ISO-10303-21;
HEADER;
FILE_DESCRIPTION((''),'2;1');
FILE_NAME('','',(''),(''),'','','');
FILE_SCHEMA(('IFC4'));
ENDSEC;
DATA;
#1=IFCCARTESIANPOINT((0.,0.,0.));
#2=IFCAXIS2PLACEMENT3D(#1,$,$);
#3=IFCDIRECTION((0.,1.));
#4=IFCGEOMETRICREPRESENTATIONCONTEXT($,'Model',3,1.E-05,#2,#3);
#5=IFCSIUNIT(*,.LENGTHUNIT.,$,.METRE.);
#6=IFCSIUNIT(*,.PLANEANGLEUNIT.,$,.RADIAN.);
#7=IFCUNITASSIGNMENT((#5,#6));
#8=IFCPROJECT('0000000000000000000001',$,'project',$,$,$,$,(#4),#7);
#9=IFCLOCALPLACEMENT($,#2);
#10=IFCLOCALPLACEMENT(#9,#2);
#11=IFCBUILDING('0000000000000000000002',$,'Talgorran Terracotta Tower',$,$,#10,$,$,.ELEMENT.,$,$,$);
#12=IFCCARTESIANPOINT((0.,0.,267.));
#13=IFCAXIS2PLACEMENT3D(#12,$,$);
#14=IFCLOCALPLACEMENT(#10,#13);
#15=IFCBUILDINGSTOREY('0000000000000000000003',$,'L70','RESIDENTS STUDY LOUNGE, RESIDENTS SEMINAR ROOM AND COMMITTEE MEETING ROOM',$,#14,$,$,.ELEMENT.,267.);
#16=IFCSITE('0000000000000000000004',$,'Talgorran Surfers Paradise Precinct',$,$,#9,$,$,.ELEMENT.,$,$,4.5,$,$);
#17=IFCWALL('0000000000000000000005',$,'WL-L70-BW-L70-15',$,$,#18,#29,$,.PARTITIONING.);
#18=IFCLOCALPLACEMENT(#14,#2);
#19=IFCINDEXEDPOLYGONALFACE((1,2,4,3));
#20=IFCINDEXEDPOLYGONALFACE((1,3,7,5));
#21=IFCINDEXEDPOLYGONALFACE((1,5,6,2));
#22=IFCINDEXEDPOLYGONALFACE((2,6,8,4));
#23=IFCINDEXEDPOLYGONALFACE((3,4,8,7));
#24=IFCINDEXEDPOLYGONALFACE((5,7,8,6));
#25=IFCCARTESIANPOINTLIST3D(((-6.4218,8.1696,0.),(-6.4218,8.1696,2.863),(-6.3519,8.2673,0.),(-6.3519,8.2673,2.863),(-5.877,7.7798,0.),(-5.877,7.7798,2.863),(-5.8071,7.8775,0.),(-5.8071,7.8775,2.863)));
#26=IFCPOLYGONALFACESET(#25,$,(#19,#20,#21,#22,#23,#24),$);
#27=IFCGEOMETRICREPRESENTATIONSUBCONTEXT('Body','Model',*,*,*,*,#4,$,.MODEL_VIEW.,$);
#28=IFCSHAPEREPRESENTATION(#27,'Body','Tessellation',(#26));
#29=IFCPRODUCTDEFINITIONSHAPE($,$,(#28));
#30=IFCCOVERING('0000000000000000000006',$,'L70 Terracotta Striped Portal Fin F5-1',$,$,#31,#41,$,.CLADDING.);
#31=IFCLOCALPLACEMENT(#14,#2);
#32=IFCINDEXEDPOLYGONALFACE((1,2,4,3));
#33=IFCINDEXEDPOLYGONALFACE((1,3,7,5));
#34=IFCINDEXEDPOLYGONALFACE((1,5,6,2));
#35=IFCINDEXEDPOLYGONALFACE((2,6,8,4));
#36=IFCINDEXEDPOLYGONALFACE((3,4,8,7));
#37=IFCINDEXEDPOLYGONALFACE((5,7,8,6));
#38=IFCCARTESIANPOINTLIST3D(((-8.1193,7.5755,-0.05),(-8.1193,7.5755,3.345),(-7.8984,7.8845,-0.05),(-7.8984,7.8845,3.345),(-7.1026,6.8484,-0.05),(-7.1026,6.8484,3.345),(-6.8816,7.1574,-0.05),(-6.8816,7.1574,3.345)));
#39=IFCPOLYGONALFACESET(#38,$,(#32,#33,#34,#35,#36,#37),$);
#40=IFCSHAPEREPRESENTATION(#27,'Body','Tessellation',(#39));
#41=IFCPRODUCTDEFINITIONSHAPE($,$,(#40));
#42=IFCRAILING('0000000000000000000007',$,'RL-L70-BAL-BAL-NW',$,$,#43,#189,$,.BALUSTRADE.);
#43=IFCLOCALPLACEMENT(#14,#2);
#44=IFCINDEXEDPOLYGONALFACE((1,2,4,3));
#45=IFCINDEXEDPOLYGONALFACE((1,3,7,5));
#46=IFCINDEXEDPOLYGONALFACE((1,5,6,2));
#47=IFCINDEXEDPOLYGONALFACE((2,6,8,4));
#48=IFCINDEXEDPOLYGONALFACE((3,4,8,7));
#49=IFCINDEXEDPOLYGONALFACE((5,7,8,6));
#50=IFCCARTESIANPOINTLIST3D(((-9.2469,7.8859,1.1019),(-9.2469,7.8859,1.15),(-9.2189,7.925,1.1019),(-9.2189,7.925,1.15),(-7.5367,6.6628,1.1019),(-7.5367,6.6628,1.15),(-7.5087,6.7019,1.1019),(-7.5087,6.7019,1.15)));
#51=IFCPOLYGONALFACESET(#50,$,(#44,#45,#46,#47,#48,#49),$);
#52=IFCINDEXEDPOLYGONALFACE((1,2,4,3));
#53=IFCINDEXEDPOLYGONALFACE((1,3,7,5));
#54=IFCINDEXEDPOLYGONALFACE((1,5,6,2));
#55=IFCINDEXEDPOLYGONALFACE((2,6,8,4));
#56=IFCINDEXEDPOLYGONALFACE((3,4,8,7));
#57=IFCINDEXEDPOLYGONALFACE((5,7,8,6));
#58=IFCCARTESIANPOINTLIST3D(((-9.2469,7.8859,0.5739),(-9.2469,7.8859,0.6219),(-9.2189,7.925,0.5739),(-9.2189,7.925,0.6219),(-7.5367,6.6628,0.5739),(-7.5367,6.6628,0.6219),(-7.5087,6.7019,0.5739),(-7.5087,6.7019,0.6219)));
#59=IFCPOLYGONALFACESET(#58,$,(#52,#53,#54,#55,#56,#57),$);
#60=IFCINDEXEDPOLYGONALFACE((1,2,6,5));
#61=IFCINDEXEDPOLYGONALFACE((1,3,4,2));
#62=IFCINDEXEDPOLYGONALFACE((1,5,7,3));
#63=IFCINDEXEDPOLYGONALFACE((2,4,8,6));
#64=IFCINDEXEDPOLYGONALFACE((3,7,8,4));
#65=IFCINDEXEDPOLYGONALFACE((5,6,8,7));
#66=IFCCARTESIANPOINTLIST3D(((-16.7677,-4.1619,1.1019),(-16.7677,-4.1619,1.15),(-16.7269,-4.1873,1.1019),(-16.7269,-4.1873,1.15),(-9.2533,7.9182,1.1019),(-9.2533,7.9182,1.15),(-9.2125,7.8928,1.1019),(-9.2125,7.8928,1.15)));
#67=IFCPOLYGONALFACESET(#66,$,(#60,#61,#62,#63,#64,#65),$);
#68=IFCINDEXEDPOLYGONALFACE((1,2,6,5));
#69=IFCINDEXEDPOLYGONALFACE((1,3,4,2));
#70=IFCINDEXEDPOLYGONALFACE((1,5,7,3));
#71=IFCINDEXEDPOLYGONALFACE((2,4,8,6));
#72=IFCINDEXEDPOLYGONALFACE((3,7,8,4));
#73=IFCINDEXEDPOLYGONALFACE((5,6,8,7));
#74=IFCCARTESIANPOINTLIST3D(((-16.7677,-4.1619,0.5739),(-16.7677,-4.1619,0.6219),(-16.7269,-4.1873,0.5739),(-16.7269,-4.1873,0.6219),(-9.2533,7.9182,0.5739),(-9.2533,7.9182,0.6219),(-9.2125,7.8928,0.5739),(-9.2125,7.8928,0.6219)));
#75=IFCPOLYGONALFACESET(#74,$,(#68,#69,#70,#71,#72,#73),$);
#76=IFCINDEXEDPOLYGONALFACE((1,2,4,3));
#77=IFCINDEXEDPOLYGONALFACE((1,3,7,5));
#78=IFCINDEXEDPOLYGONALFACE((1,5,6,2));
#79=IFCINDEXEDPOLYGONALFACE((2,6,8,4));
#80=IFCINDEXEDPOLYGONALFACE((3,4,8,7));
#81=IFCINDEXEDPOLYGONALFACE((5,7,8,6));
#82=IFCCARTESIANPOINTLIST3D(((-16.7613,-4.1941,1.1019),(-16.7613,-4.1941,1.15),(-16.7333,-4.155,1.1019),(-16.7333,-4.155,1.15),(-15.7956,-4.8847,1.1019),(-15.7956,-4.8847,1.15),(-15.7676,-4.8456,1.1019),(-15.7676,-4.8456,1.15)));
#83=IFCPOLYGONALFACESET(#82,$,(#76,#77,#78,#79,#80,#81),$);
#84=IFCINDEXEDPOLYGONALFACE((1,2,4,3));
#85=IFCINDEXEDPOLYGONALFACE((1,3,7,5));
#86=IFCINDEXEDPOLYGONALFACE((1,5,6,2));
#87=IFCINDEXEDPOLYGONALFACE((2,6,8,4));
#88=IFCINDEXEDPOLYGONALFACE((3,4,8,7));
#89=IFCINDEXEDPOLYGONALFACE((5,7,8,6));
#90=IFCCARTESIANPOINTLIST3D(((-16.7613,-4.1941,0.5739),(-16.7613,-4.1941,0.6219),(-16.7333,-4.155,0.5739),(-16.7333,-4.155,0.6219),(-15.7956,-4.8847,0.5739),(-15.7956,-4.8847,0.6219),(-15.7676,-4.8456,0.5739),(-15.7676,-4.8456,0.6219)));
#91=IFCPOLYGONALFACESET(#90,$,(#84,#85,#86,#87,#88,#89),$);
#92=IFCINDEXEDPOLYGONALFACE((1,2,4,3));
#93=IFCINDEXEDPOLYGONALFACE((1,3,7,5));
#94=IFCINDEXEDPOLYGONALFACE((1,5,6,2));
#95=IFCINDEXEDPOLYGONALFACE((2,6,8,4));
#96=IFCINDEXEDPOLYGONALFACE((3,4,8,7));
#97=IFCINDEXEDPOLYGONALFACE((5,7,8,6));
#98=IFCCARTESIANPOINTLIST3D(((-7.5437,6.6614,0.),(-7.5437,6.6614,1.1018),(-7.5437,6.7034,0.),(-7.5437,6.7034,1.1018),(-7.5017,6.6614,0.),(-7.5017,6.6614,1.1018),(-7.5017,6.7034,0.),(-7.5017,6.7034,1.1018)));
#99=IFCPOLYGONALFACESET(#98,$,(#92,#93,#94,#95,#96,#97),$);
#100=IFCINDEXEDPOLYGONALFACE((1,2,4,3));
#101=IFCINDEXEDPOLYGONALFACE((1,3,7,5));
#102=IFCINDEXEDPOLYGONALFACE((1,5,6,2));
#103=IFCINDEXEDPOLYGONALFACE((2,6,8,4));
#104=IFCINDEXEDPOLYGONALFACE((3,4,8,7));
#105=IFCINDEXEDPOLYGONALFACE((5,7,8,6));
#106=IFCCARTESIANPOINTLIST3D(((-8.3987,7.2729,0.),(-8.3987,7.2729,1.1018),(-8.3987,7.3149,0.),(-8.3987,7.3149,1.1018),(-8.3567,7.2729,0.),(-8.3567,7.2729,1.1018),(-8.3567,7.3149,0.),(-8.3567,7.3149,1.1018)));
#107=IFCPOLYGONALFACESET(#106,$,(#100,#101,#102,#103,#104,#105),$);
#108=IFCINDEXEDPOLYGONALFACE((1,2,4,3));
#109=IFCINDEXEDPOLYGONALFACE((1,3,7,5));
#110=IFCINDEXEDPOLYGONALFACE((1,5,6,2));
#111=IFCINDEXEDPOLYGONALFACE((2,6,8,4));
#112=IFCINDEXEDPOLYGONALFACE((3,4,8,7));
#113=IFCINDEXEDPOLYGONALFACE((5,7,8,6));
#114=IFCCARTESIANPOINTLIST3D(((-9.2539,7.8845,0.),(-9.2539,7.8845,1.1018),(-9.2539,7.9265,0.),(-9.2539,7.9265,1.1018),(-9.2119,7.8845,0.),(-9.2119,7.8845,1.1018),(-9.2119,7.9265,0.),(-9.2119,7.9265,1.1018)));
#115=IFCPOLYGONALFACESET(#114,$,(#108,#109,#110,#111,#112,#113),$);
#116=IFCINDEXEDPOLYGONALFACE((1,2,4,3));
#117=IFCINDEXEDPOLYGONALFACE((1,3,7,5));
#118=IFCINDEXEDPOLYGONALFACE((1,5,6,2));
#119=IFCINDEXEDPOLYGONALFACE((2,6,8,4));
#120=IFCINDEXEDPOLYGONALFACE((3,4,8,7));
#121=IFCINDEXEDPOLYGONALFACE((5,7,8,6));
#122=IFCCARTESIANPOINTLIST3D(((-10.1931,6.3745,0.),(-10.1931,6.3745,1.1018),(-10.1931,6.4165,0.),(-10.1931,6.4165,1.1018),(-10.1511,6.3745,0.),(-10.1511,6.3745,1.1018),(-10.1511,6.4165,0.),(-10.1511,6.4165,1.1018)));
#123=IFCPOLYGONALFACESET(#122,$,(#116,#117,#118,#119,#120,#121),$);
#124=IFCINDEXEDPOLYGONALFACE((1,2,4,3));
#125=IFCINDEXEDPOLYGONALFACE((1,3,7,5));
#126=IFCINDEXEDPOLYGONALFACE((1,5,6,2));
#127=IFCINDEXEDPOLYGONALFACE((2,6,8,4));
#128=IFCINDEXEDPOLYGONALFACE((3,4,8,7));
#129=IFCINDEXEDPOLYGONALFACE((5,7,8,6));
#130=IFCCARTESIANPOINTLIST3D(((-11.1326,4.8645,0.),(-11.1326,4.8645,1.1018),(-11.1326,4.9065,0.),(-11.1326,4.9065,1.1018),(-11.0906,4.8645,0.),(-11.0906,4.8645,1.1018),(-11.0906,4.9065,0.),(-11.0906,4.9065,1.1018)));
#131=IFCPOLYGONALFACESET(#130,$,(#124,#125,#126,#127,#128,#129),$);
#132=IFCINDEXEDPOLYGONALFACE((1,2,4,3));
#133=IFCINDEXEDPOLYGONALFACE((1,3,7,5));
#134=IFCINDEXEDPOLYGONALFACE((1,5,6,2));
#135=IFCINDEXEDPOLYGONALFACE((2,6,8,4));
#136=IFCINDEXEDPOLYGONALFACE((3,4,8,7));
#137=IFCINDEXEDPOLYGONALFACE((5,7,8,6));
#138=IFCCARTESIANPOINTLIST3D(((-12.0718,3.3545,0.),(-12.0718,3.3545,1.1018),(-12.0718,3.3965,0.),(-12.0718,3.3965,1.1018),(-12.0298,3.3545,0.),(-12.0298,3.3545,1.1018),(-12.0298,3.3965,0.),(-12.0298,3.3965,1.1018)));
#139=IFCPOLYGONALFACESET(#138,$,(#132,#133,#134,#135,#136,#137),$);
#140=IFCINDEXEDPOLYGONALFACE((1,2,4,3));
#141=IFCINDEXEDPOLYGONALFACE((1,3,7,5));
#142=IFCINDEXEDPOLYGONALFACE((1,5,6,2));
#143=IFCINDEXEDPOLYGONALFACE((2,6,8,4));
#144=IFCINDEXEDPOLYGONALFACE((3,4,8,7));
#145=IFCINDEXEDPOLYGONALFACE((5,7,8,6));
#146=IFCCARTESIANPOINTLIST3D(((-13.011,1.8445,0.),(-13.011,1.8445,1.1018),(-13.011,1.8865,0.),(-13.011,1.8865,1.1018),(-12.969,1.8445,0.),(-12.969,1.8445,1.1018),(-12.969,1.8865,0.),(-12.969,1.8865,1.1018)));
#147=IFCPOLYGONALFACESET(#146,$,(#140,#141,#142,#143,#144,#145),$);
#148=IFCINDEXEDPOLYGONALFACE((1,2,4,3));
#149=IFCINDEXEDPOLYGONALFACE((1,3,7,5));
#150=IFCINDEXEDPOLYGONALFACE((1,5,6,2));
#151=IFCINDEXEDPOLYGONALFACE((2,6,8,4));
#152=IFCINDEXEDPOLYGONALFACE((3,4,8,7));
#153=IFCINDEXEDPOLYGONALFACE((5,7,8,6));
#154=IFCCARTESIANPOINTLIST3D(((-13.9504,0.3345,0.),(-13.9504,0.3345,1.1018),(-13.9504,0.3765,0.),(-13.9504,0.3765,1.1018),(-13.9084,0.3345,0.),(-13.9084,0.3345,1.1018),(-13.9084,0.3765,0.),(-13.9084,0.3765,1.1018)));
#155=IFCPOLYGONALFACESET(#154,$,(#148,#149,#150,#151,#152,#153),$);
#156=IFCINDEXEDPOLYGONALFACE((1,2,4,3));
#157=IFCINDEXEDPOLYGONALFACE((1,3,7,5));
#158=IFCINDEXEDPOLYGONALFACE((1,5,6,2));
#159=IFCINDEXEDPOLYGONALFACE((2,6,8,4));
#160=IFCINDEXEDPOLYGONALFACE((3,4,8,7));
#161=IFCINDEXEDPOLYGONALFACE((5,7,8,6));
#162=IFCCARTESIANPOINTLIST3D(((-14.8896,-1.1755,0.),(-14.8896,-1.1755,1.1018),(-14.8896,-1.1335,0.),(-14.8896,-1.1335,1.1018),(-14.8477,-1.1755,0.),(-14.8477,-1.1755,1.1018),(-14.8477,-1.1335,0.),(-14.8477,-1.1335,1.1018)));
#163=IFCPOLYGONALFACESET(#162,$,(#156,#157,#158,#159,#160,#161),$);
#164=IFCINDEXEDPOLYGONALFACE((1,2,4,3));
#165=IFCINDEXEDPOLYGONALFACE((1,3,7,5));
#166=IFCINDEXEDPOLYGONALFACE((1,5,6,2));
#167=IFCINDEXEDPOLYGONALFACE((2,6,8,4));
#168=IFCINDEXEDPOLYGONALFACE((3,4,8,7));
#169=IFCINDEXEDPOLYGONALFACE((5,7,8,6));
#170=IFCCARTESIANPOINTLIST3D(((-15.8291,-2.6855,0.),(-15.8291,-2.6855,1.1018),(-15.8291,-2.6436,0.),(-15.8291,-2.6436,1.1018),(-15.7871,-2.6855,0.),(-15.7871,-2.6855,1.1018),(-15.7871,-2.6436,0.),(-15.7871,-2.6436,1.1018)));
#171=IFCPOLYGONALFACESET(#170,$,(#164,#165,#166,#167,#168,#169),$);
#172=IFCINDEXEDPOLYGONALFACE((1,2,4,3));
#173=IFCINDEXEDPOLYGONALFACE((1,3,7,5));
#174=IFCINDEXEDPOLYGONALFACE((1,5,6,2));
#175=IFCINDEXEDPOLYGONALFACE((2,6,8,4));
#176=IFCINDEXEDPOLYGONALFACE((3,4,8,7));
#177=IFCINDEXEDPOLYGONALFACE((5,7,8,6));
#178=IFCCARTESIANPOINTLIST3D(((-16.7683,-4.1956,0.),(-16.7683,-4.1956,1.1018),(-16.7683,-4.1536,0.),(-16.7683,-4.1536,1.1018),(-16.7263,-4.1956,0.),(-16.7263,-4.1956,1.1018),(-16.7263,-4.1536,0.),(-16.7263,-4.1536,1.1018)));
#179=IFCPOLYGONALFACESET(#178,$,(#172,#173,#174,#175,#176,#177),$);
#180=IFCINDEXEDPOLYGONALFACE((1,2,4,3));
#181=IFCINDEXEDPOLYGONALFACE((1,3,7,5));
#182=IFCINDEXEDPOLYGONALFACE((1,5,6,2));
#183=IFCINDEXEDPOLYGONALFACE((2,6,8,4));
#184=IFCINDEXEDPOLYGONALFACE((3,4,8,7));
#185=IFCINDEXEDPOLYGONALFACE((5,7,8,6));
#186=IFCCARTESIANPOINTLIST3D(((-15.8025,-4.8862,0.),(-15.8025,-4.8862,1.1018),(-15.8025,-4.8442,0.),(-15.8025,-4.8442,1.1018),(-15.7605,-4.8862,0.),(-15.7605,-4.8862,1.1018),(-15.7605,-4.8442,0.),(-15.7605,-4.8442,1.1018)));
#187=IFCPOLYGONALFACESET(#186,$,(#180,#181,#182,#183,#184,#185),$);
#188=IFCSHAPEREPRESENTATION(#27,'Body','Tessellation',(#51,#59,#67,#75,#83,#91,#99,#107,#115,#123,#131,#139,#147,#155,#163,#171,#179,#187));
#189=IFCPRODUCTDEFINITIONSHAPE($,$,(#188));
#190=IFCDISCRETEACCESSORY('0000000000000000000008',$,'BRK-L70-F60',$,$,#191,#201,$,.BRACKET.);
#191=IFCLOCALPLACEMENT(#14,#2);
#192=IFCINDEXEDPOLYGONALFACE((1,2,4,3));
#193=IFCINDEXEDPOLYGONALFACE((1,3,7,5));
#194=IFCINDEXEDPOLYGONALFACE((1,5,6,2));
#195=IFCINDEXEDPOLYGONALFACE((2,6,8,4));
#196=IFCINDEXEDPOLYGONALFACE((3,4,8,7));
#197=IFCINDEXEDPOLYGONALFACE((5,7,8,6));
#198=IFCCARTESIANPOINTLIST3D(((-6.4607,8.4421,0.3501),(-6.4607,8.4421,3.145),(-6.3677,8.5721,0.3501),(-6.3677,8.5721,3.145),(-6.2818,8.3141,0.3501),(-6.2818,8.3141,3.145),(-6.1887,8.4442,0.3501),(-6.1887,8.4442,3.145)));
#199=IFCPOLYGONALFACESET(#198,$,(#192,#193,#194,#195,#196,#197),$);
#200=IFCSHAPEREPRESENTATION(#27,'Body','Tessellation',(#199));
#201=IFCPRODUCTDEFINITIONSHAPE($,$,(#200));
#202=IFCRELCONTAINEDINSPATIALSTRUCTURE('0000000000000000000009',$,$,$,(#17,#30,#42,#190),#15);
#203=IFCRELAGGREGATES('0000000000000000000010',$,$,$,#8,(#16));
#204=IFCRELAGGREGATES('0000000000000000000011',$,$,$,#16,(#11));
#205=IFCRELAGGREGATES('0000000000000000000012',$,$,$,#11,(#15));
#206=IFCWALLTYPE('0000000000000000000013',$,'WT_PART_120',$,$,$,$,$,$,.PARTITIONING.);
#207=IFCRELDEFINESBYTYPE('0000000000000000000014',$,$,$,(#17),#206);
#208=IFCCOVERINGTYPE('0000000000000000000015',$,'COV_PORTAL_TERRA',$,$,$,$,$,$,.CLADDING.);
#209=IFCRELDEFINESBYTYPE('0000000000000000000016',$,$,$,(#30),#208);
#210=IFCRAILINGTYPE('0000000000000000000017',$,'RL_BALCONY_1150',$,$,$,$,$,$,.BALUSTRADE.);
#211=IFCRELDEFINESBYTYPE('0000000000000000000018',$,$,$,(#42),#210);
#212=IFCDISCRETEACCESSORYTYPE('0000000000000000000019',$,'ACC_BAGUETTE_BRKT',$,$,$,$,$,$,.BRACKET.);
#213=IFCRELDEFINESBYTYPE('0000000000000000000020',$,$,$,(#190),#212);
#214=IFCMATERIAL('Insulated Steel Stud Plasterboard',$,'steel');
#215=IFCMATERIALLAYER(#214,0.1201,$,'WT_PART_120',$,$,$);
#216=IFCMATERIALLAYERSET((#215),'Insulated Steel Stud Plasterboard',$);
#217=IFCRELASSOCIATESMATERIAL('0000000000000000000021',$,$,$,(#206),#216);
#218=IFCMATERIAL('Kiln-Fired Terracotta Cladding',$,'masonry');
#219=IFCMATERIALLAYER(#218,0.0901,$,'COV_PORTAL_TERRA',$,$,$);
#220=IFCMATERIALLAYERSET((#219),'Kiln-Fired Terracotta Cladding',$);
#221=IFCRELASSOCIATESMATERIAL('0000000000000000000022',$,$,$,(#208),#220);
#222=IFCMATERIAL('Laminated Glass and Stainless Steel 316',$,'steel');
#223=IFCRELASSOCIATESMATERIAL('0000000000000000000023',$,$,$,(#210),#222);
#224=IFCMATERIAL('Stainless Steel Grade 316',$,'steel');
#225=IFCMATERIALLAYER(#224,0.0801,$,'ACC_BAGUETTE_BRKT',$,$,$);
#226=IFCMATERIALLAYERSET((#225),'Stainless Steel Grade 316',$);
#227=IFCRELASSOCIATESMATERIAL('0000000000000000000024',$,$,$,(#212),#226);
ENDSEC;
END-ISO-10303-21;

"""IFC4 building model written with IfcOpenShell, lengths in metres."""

from ifc_helpers import new_model, si_unit, direction, frame, frame_2d, origin, origin_2d, place, context, subcontext, project, spatial, rectangle, extrude, source, transform, mapped, material, layer, layer_set, type_object, type_shapes, element, save


model = new_model("IFC4")

# Units and contexts
model_context = context("Model", 3, precision=1e-05, world=origin(), true_north=direction((0.0, 1.0)))
body_context = subcontext(model_context, "Body", "Model", "MODEL_VIEW")
ifc_project = project(units=[si_unit("LENGTHUNIT", "METRE"), si_unit("PLANEANGLEUNIT", "RADIAN")], contexts=[model_context])

# Site, building, storey
site_placement = place(None, origin())
site = spatial("IfcSite", under=ifc_project, at=site_placement, Name="Talgorran Surfers Paradise Precinct", CompositionType="ELEMENT", RefElevation=4.5)
building_placement = place(site_placement, origin())
building = spatial("IfcBuilding", under=site, at=building_placement, Name="Talgorran Terracotta Tower", CompositionType="ELEMENT")
storey_placement = place(building_placement, frame((0.0, 0.0, 267.0)))
storey = spatial("IfcBuildingStorey", under=building, at=storey_placement, Name="L70", Description="RESIDENTS STUDY LOUNGE, RESIDENTS SEMINAR ROOM AND COMMITTEE MEETING ROOM", CompositionType="ELEMENT", Elevation=267.0)

# Wall
ifc_material_1 = material(Name="Insulated Steel Stud Plasterboard", Category="steel")
ifc_layer_1 = layer(ifc_material_1, 0.1201, Name="WT_PART_120")
ifc_layer_set_1 = layer_set([ifc_layer_1], Name="Insulated Steel Stud Plasterboard")
wall_type_1 = type_object("IfcWallType", Name="WT_PART_120", PredefinedType="PARTITIONING", material=ifc_layer_set_1)
wall_1_placement = place(storey_placement, frame((-5.842, 7.8286, 0.0), z_axis=(0.0, 0.0, 1.0), x_axis=(-0.813265, 0.581893, 0.0)))
element("IfcWall", 1, at=wall_1_placement, inside=storey, type_object=wall_type_1, Name="WL-L70-BW-L70-15", PredefinedType="PARTITIONING", context=body_context, shape_type="SweptSolid", body=[
    extrude(rectangle(XDim=0.6699, YDim=0.1201, at=frame_2d((0.335, 0.0))), origin(), (0.0, 0.0, 1.0), 2.863),
])

# Covering
ifc_material_2 = material(Name="Kiln-Fired Terracotta Cladding", Category="masonry")
ifc_layer_2 = layer(ifc_material_2, 0.0901, Name="COV_PORTAL_TERRA")
ifc_layer_set_2 = layer_set([ifc_layer_2], Name="Kiln-Fired Terracotta Cladding")
covering_type = type_object("IfcCoveringType", Name="COV_PORTAL_TERRA", PredefinedType="CLADDING", material=ifc_layer_set_2)
covering_placement = place(storey_placement, frame((-7.5005, 7.3665, -0.05), z_axis=(0.0, 0.0, 1.0), x_axis=(-0.581726, -0.813385, 0.0)))
element("IfcCovering", 2, at=covering_placement, inside=storey, type_object=covering_type, Name="L70 Terracotta Striped Portal Fin F5-1", PredefinedType="CLADDING", context=body_context, shape_type="SweptSolid", body=[
    extrude(rectangle(XDim=0.3799, YDim=1.25, at=origin_2d()), origin(), (0.0, 0.0, 1.0), 3.395),
])

# Railing
ifc_material_3 = material(Name="Laminated Glass and Stainless Steel 316", Category="steel")
railing_type = type_object("IfcRailingType", Name="RL_BALCONY_1150", PredefinedType="BALUSTRADE", material=ifc_material_3)
railing_placement = place(storey_placement, frame((-7.5227, 6.6824, 0.0)))
element("IfcRailing", 3, at=railing_placement, inside=storey, type_object=railing_type, Name="RL-L70-BAL-BAL-NW", PredefinedType="BALUSTRADE", context=body_context, shape_type="SweptSolid", body=[
    extrude(rectangle(XDim=0.0481, YDim=0.0481, at=origin_2d()), frame((0.0, 0.0, 1.126), z_axis=(-0.81338, 0.581732, 0.0), x_axis=(-0.581732, -0.81338, 0.0)), (0.0, 0.0, 1.0), 2.1025),
    extrude(rectangle(XDim=0.0481, YDim=0.0481, at=origin_2d()), frame((0.0, 0.0, 0.5979), z_axis=(-0.81338, 0.581732, 0.0), x_axis=(-0.581732, -0.81338, 0.0)), (0.0, 0.0, 1.0), 2.1025),
    extrude(rectangle(XDim=0.0481, YDim=0.0481, at=origin_2d()), frame((-1.7102, 1.2231, 1.126), z_axis=(-0.528196, -0.849122, 0.0), x_axis=(0.849122, -0.528196, 0.0)), (0.0, 0.0, 1.0), 14.2266),
    extrude(rectangle(XDim=0.0481, YDim=0.0481, at=origin_2d()), frame((-1.7102, 1.2231, 0.5979), z_axis=(-0.528196, -0.849122, 0.0), x_axis=(0.849122, -0.528196, 0.0)), (0.0, 0.0, 1.0), 14.2266),
    extrude(rectangle(XDim=0.0481, YDim=0.0481, at=origin_2d()), frame((-9.2246, -10.8569, 1.126), z_axis=(0.813414, -0.581685, 0.0), x_axis=(0.581685, 0.813414, 0.0)), (0.0, 0.0, 1.0), 1.1873),
    extrude(rectangle(XDim=0.0481, YDim=0.0481, at=origin_2d()), frame((-9.2246, -10.8569, 0.5979), z_axis=(0.813414, -0.581685, 0.0), x_axis=(0.581685, 0.813414, 0.0)), (0.0, 0.0, 1.0), 1.1873),
    extrude(rectangle(XDim=0.042, YDim=0.042, at=origin_2d()), origin(), (0.0, 0.0, 1.0), 1.1018),
    extrude(rectangle(XDim=0.042, YDim=0.042, at=origin_2d()), frame((-0.855, 0.6116, 0.0)), (0.0, 0.0, 1.0), 1.1018),
    extrude(rectangle(XDim=0.042, YDim=0.042, at=origin_2d()), frame((-1.7102, 1.2231, 0.0)), (0.0, 0.0, 1.0), 1.1018),
    extrude(rectangle(XDim=0.042, YDim=0.042, at=origin_2d()), frame((-2.6494, -0.2869, 0.0)), (0.0, 0.0, 1.0), 1.1018),
    extrude(rectangle(XDim=0.042, YDim=0.042, at=origin_2d()), frame((-3.5889, -1.7969, 0.0)), (0.0, 0.0, 1.0), 1.1018),
    extrude(rectangle(XDim=0.042, YDim=0.042, at=origin_2d()), frame((-4.5281, -3.3069, 0.0)), (0.0, 0.0, 1.0), 1.1018),
    extrude(rectangle(XDim=0.042, YDim=0.042, at=origin_2d()), frame((-5.4673, -4.8169, 0.0)), (0.0, 0.0, 1.0), 1.1018),
    extrude(rectangle(XDim=0.042, YDim=0.042, at=origin_2d()), frame((-6.4067, -6.3269, 0.0)), (0.0, 0.0, 1.0), 1.1018),
    extrude(rectangle(XDim=0.042, YDim=0.042, at=origin_2d()), frame((-7.3459, -7.8369, 0.0)), (0.0, 0.0, 1.0), 1.1018),
    extrude(rectangle(XDim=0.042, YDim=0.042, at=origin_2d()), frame((-8.2854, -9.3469, 0.0)), (0.0, 0.0, 1.0), 1.1018),
    extrude(rectangle(XDim=0.042, YDim=0.042, at=origin_2d()), frame((-9.2246, -10.8569, 0.0)), (0.0, 0.0, 1.0), 1.1018),
    extrude(rectangle(XDim=0.042, YDim=0.042, at=origin_2d()), frame((-8.2588, -11.5476, 0.0)), (0.0, 0.0, 1.0), 1.1018),
])

# Discrete accessory
ifc_material_4 = material(Name="Stainless Steel Grade 316", Category="steel")
ifc_layer_3 = layer(ifc_material_4, 0.0801, Name="ACC_BAGUETTE_BRKT")
ifc_layer_set_3 = layer_set([ifc_layer_3], Name="Stainless Steel Grade 316")
discrete_accessory_type = type_object("IfcDiscreteAccessoryType", Name="ACC_BAGUETTE_BRKT", PredefinedType="BRACKET", material=ifc_layer_set_3)
shared_shape_1 = source(origin(), body_context, "Body", "SweptSolid", [
    extrude(rectangle(XDim=0.1599, YDim=0.22, at=origin_2d()), origin(), (0.0, 0.0, 1.0), 2.7949),
])
type_shapes(discrete_accessory_type, [shared_shape_1])
discrete_accessory_placement = place(storey_placement, frame((-6.3247, 8.4431, 0.3501), z_axis=(0.0, 0.0, 1.0), x_axis=(-0.581726, -0.813385, 0.0)))
element("IfcDiscreteAccessory", 4, at=discrete_accessory_placement, inside=storey, type_object=discrete_accessory_type, Name="BRK-L70-F60", PredefinedType="BRACKET", context=body_context, shape_type="MappedRepresentation", body=[
    mapped(shared_shape_1, transform((0.0, 0.0, 0.0), scale=1.0)),
])

save(model, "model.ifc")
